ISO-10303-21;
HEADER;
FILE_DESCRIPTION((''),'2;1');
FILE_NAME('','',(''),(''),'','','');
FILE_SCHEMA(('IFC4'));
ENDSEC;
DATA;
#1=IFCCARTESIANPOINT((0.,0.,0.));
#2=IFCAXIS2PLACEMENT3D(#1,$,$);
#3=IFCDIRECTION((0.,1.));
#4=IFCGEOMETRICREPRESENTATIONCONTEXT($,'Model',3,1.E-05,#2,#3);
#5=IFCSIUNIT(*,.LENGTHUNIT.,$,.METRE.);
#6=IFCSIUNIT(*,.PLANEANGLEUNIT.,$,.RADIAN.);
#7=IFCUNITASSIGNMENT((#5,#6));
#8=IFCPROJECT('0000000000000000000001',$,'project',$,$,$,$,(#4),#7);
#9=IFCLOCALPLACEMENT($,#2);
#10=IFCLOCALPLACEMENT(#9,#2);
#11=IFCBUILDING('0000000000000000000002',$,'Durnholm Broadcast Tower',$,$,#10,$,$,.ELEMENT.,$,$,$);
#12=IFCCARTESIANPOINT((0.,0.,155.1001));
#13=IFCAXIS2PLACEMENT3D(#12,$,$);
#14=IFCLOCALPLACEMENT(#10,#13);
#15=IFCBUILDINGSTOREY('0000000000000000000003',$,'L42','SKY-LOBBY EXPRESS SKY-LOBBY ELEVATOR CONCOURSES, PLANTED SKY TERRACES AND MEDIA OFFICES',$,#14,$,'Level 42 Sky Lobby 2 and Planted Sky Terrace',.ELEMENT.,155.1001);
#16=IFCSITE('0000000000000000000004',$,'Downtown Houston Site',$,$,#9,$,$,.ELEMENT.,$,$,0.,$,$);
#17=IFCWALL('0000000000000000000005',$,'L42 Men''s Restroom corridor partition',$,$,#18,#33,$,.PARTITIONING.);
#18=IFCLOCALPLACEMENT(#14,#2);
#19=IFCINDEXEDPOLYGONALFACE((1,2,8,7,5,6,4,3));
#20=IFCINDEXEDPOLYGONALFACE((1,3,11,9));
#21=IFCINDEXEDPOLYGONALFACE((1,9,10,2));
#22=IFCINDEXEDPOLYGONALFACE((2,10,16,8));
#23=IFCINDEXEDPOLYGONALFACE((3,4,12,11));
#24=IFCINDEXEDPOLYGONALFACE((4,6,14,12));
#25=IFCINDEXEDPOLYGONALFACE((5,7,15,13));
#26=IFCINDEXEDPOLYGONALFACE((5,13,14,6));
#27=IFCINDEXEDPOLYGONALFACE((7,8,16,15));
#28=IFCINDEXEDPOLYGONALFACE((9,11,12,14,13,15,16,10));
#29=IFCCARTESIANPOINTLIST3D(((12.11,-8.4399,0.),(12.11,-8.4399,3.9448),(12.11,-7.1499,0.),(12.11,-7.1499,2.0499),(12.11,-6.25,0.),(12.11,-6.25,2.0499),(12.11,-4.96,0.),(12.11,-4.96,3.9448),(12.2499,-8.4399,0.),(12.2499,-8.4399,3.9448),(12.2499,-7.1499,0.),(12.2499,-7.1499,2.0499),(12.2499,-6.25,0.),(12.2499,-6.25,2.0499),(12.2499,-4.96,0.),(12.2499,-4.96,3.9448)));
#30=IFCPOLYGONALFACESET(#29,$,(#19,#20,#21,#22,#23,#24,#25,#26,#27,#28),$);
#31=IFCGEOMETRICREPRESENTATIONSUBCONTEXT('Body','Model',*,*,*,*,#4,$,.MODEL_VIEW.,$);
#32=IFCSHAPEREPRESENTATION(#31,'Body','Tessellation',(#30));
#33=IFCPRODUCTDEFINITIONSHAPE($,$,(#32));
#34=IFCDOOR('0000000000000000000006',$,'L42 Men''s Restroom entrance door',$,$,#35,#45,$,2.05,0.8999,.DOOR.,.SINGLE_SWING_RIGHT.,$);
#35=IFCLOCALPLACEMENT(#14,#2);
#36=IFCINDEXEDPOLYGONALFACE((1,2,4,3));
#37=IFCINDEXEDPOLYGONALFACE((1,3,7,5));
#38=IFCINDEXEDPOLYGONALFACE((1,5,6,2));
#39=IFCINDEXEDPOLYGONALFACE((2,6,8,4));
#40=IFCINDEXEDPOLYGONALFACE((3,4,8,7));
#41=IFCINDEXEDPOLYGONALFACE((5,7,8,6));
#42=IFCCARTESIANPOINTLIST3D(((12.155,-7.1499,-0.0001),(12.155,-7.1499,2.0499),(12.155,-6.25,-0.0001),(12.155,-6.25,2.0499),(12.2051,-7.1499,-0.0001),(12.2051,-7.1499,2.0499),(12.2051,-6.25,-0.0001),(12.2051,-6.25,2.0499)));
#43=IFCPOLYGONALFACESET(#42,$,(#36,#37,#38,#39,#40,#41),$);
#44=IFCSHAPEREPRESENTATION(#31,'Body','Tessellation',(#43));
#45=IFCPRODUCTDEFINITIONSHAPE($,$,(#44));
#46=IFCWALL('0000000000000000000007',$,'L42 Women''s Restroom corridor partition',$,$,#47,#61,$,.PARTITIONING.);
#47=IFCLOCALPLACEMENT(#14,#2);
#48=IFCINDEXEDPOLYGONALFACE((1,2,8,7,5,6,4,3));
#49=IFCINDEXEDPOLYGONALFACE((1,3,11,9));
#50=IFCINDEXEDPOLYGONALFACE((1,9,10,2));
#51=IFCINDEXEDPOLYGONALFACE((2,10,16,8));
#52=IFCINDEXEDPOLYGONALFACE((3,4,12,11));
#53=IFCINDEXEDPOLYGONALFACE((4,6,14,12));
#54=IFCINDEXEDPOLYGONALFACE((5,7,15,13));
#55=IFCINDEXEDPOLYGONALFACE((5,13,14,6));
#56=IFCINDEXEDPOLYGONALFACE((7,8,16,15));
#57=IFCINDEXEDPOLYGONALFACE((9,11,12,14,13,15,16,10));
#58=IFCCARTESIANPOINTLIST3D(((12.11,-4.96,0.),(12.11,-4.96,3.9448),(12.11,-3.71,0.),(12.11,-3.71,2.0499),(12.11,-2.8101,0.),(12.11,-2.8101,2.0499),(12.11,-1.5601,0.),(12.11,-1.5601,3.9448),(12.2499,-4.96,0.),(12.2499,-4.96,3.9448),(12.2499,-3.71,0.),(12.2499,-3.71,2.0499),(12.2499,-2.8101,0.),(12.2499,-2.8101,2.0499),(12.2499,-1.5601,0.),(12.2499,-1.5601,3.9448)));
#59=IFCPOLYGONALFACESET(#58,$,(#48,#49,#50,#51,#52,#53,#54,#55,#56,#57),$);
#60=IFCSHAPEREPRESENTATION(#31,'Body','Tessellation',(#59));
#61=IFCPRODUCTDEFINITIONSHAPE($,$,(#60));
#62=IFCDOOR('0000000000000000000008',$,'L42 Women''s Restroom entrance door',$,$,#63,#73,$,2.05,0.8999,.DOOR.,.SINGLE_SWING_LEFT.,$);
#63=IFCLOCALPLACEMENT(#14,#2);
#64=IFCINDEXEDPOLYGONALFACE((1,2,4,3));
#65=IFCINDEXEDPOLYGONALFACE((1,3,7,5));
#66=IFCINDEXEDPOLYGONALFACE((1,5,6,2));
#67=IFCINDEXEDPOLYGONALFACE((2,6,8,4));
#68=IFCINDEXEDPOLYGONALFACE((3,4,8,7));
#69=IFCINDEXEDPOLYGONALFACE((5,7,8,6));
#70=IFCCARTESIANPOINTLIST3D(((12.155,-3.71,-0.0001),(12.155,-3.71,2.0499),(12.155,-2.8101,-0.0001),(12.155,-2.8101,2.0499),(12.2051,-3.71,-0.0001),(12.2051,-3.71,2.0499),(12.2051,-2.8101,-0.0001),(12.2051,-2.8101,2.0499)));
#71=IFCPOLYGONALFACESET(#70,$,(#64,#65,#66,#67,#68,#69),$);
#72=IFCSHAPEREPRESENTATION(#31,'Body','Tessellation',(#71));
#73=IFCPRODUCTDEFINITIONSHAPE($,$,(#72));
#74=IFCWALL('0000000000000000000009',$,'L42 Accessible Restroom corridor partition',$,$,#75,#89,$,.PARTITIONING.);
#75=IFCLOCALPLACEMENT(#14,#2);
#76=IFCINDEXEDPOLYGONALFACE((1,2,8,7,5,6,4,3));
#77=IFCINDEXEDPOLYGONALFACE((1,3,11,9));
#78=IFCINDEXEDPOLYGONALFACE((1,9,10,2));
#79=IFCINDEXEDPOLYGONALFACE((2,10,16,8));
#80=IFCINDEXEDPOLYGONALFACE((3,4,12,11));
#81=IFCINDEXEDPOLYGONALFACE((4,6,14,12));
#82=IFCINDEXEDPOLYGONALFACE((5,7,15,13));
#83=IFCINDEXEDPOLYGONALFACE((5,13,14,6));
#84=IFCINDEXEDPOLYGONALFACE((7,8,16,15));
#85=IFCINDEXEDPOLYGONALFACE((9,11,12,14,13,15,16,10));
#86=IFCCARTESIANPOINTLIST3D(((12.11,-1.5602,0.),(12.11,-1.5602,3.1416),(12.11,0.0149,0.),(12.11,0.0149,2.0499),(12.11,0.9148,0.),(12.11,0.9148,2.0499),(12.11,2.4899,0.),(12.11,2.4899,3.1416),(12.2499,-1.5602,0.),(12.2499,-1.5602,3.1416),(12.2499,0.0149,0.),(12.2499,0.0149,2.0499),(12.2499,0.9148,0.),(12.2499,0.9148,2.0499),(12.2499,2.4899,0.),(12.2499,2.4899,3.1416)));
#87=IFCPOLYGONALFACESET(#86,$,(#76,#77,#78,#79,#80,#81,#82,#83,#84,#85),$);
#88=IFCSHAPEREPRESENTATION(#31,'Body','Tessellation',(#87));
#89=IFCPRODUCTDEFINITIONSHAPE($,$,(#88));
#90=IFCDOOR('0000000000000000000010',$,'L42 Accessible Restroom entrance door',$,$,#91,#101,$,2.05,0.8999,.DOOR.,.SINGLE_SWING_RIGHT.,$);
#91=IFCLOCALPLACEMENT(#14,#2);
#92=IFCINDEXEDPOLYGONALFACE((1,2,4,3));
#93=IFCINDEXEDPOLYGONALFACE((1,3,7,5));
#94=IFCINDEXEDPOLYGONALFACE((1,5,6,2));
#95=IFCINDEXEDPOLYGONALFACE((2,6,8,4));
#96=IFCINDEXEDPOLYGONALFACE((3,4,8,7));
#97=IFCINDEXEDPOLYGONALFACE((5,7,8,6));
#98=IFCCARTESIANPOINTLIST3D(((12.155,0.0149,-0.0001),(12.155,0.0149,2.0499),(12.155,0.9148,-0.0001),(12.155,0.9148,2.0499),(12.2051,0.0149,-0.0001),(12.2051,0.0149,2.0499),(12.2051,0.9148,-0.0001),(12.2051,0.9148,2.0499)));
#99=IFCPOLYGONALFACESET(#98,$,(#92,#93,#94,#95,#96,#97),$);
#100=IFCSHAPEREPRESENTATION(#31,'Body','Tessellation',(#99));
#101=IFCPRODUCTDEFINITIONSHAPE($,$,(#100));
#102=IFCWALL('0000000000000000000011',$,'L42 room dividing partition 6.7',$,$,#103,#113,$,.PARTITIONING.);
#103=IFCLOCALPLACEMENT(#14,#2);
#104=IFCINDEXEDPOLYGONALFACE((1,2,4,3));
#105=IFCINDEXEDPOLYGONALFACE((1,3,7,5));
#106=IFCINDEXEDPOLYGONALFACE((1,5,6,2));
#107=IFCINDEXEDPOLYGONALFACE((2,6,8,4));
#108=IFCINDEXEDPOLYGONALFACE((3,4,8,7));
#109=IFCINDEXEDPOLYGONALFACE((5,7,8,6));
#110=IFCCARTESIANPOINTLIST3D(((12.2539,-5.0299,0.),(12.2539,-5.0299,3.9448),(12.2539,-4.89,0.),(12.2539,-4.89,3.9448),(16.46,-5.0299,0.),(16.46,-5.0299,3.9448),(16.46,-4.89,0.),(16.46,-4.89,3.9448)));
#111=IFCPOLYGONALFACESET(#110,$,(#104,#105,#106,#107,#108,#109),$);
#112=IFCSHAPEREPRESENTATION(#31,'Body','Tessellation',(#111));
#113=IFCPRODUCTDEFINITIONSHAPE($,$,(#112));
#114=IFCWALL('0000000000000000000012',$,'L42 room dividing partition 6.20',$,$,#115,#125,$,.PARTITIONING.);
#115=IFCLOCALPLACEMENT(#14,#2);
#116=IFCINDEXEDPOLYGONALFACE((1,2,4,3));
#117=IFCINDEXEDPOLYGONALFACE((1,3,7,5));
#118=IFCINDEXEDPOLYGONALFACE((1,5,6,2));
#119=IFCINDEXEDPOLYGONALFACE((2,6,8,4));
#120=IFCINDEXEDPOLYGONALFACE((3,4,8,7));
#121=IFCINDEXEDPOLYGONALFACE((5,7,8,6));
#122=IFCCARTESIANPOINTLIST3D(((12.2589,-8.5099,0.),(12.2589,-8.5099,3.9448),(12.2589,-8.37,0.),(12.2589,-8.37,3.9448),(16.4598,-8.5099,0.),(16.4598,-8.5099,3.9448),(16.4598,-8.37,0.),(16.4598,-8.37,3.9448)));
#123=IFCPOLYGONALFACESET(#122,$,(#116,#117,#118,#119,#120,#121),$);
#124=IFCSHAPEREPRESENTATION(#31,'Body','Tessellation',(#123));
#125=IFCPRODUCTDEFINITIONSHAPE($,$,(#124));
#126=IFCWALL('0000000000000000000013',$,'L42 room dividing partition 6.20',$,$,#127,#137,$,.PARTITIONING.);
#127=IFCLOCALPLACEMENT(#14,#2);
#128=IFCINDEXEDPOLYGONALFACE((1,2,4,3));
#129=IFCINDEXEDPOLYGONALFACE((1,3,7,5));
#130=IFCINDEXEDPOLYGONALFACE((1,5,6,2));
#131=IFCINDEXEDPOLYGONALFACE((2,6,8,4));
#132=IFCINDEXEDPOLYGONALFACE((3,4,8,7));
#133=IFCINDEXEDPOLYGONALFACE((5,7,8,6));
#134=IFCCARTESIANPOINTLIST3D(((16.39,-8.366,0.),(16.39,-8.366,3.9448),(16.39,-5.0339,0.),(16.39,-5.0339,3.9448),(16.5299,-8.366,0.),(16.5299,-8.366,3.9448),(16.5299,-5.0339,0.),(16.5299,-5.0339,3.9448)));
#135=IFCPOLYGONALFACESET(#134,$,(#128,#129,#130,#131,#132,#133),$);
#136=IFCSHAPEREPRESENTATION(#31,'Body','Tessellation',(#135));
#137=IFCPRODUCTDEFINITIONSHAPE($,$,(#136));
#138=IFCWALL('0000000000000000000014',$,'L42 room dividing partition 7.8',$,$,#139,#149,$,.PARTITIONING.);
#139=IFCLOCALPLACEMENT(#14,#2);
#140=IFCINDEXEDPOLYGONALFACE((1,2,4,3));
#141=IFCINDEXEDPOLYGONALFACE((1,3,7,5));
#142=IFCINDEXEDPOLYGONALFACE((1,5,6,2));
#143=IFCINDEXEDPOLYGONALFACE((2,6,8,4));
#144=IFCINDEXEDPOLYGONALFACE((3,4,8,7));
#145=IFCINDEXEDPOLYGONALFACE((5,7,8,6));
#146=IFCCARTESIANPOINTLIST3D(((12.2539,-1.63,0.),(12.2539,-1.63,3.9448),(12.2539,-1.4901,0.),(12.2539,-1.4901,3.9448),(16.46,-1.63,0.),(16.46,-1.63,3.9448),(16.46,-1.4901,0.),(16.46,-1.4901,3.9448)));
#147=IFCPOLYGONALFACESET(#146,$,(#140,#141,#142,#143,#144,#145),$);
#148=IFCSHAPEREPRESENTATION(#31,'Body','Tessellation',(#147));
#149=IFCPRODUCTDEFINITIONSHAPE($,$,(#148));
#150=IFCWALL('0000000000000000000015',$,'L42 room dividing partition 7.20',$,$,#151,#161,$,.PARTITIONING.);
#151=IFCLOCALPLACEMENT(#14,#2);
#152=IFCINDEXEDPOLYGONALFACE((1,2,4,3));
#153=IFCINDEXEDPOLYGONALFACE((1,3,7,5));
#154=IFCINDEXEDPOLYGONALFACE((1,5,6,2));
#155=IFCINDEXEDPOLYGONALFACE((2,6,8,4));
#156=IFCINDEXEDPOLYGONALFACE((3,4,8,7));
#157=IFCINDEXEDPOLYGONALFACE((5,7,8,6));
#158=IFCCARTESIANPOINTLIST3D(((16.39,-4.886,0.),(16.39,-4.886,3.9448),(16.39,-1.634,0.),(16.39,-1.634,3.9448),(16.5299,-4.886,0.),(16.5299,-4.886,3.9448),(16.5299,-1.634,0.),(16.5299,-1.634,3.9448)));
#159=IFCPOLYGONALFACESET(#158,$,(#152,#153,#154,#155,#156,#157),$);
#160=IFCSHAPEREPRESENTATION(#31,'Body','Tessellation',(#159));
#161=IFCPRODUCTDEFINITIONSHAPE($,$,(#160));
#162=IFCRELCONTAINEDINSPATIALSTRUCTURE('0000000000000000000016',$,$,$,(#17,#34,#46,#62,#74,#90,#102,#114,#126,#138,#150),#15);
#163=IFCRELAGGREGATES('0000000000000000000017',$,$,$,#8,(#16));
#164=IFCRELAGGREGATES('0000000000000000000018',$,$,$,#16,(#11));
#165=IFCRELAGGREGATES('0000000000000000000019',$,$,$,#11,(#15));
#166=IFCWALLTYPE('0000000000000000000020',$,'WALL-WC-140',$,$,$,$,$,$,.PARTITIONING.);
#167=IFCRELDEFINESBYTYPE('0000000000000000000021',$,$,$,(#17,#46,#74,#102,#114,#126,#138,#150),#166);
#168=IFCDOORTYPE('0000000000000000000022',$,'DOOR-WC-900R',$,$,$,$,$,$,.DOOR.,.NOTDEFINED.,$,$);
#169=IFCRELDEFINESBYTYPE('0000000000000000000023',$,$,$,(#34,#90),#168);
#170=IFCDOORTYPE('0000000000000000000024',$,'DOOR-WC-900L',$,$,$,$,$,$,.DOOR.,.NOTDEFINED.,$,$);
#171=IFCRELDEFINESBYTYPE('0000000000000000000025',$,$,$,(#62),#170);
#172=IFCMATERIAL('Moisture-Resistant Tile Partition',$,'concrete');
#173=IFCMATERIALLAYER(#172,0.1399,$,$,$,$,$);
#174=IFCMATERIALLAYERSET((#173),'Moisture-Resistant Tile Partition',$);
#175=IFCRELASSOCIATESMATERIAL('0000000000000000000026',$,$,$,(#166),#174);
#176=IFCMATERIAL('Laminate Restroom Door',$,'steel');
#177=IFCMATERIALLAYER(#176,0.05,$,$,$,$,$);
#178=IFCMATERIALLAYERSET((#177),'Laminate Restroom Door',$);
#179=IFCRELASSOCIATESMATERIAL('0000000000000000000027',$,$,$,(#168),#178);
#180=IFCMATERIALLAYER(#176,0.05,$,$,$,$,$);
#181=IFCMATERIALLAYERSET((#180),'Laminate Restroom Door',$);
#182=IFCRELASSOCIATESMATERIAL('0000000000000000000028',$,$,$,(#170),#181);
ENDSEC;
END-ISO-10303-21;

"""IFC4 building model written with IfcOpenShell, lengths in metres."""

from ifc_helpers import new_model, si_unit, direction, frame, frame_2d, origin, place, context, subcontext, project, spatial, rectangle, extrude, source, transform, mapped, material, layer, layer_set, type_object, type_shapes, element, fill, save


model = new_model("IFC4")

# Units and contexts
model_context = context("Model", 3, precision=1e-05, world=origin(), true_north=direction((0.0, 1.0)))
body_context = subcontext(model_context, "Body", "Model", "MODEL_VIEW")
ifc_project = project(units=[si_unit("LENGTHUNIT", "METRE"), si_unit("PLANEANGLEUNIT", "RADIAN")], contexts=[model_context])

# Site, building, storey
site_placement = place(None, origin())
site = spatial("IfcSite", under=ifc_project, at=site_placement, Name="Downtown Houston Site", CompositionType="ELEMENT", RefElevation=0.0)
building_placement = place(site_placement, origin())
building = spatial("IfcBuilding", under=site, at=building_placement, Name="Durnholm Broadcast Tower", CompositionType="ELEMENT")
storey_placement = place(building_placement, frame((0.0, 0.0, 155.1001)))
storey = spatial("IfcBuildingStorey", under=building, at=storey_placement, Name="L42", Description="SKY-LOBBY EXPRESS SKY-LOBBY ELEVATOR CONCOURSES, PLANTED SKY TERRACES AND MEDIA OFFICES", LongName="Level 42 Sky Lobby 2 and Planted Sky Terrace", CompositionType="ELEMENT", Elevation=155.1001)

# Walls, openings, doors
ifc_material_1 = material(Name="Moisture-Resistant Tile Partition", Category="concrete")
ifc_layer_1 = layer(ifc_material_1, 0.1399)
ifc_layer_set_1 = layer_set([ifc_layer_1], Name="Moisture-Resistant Tile Partition")
wall_type_1 = type_object("IfcWallType", Name="WALL-WC-140", PredefinedType="PARTITIONING", material=ifc_layer_set_1)
wall_1_placement = place(storey_placement, frame((12.1799, -8.4399, 0.0), z_axis=(0.0, 0.0, 1.0), x_axis=(0.0, 1.0, 0.0)))
wall_1 = element("IfcWall", 1, at=wall_1_placement, inside=storey, type_object=wall_type_1, Name="L42 Men's Restroom corridor partition", PredefinedType="PARTITIONING", context=body_context, shape_type="SweptSolid", body=[
    extrude(rectangle(XDim=3.48, YDim=0.1399, at=frame_2d((1.74, 0.0))), origin(), (0.0, 0.0, 1.0), 3.9448),
])
opening_1_placement = place(wall_1_placement, frame((1.29, 0.0, 0.0)))
opening_1 = element("IfcOpeningElement", 2, at=opening_1_placement, cuts=wall_1, PredefinedType="OPENING", context=body_context, shape_type="SweptSolid", body=[
    extrude(rectangle(XDim=0.8999, YDim=2.05, at=frame_2d((0.45, 1.0249))), frame((0.0, 0.0801, 0.0), z_axis=(0.0, -1.0, 0.0), x_axis=(1.0, 0.0, 0.0)), (0.0, 0.0, 1.0), 0.1599),
])
ifc_material_2 = material(Name="Laminate Restroom Door", Category="steel")
ifc_layer_2 = layer(ifc_material_2, 0.05)
ifc_layer_set_2 = layer_set([ifc_layer_2], Name="Laminate Restroom Door")
door_type_1 = type_object("IfcDoorType", Name="DOOR-WC-900R", OperationType="NOTDEFINED", PredefinedType="DOOR", material=ifc_layer_set_2)
shared_shape_1 = source(origin(), body_context, "Body", "SweptSolid", [
    extrude(rectangle(XDim=0.8999, YDim=2.05, at=frame_2d((0.45, 1.0249))), frame((0.0, 0.0249, 0.0), z_axis=(0.0, -1.0, 0.0), x_axis=(1.0, 0.0, 0.0)), (0.0, 0.0, 1.0), 0.05),
])
type_shapes(door_type_1, [shared_shape_1])
door_1_placement = place(opening_1_placement, origin())
door_1 = element("IfcDoor", 3, at=door_1_placement, inside=storey, type_object=door_type_1, Name="L42 Men's Restroom entrance door", OperationType="SINGLE_SWING_RIGHT", OverallHeight=2.05, OverallWidth=0.8999, PredefinedType="DOOR", context=body_context, shape_type="MappedRepresentation", body=[
    mapped(shared_shape_1, transform((0.0, 0.0, 0.0), x_axis=(1.0, 0.0, 0.0), y_axis=(0.0, 1.0, 0.0), z_axis=(0.0, 0.0, 1.0), scale=1.0)),
])
fill(opening_1, door_1)
wall_2_placement = place(storey_placement, frame((12.1799, -4.96, 0.0), z_axis=(0.0, 0.0, 1.0), x_axis=(0.0, 1.0, 0.0)))
wall_2 = element("IfcWall", 4, at=wall_2_placement, inside=storey, type_object=wall_type_1, Name="L42 Women's Restroom corridor partition", PredefinedType="PARTITIONING", context=body_context, shape_type="SweptSolid", body=[
    extrude(rectangle(XDim=3.3999, YDim=0.1399, at=frame_2d((1.7, 0.0))), origin(), (0.0, 0.0, 1.0), 3.9448),
])
opening_2_placement = place(wall_2_placement, frame((1.25, 0.0, 0.0)))
opening_2 = element("IfcOpeningElement", 5, at=opening_2_placement, cuts=wall_2, PredefinedType="OPENING", context=body_context, shape_type="SweptSolid", body=[
    extrude(rectangle(XDim=0.8999, YDim=2.05, at=frame_2d((0.45, 1.0249))), frame((0.0, 0.0801, 0.0), z_axis=(0.0, -1.0, 0.0), x_axis=(1.0, 0.0, 0.0)), (0.0, 0.0, 1.0), 0.1599),
])
ifc_layer_3 = layer(ifc_material_2, 0.05)
ifc_layer_set_3 = layer_set([ifc_layer_3], Name="Laminate Restroom Door")
door_type_2 = type_object("IfcDoorType", Name="DOOR-WC-900L", OperationType="NOTDEFINED", PredefinedType="DOOR", material=ifc_layer_set_3)
shared_shape_2 = source(origin(), body_context, "Body", "SweptSolid", [
    extrude(rectangle(XDim=0.8999, YDim=2.05, at=frame_2d((0.45, 1.0249))), frame((0.0, 0.0249, 0.0), z_axis=(0.0, -1.0, 0.0), x_axis=(1.0, 0.0, 0.0)), (0.0, 0.0, 1.0), 0.05),
])
type_shapes(door_type_2, [shared_shape_2])
door_2_placement = place(opening_2_placement, origin())
door_2 = element("IfcDoor", 6, at=door_2_placement, inside=storey, type_object=door_type_2, Name="L42 Women's Restroom entrance door", OperationType="SINGLE_SWING_LEFT", OverallHeight=2.05, OverallWidth=0.8999, PredefinedType="DOOR", context=body_context, shape_type="MappedRepresentation", body=[
    mapped(shared_shape_2, transform((0.0, 0.0, 0.0), x_axis=(1.0, 0.0, 0.0), y_axis=(0.0, 1.0, 0.0), z_axis=(0.0, 0.0, 1.0), scale=1.0)),
])
fill(opening_2, door_2)
wall_3_placement = place(storey_placement, frame((12.1799, -1.5601, 0.0), z_axis=(0.0, 0.0, 1.0), x_axis=(0.0, 1.0, 0.0)))
wall_3 = element("IfcWall", 7, at=wall_3_placement, inside=storey, type_object=wall_type_1, Name="L42 Accessible Restroom corridor partition", PredefinedType="PARTITIONING", context=body_context, shape_type="SweptSolid", body=[
    extrude(rectangle(XDim=4.05, YDim=0.1399, at=frame_2d((2.0249, 0.0))), origin(), (0.0, 0.0, 1.0), 3.1416),
])
opening_3_placement = place(wall_3_placement, frame((1.575, 0.0, 0.0)))
opening_3 = element("IfcOpeningElement", 8, at=opening_3_placement, cuts=wall_3, PredefinedType="OPENING", context=body_context, shape_type="SweptSolid", body=[
    extrude(rectangle(XDim=0.8999, YDim=2.05, at=frame_2d((0.45, 1.0249))), frame((0.0, 0.0801, 0.0), z_axis=(0.0, -1.0, 0.0), x_axis=(1.0, 0.0, 0.0)), (0.0, 0.0, 1.0), 0.1599),
])
door_3_placement = place(opening_3_placement, origin())
door_3 = element("IfcDoor", 9, at=door_3_placement, inside=storey, type_object=door_type_1, Name="L42 Accessible Restroom entrance door", OperationType="SINGLE_SWING_RIGHT", OverallHeight=2.05, OverallWidth=0.8999, PredefinedType="DOOR", context=body_context, shape_type="MappedRepresentation", body=[
    mapped(shared_shape_1, transform((0.0, 0.0, 0.0), x_axis=(1.0, 0.0, 0.0), y_axis=(0.0, 1.0, 0.0), z_axis=(0.0, 0.0, 1.0), scale=1.0)),
])
fill(opening_3, door_3)

# Walls
wall_4_placement = place(storey_placement, frame((12.2539, -4.96, 0.0), z_axis=(0.0, 0.0, 1.0), x_axis=(1.0, 0.0, 0.0)))
element("IfcWall", 10, at=wall_4_placement, inside=storey, type_object=wall_type_1, Name="L42 room dividing partition 6.7", PredefinedType="PARTITIONING", context=body_context, shape_type="SweptSolid", body=[
    extrude(rectangle(XDim=4.2061, YDim=0.1399, at=frame_2d((2.103, 0.0))), origin(), (0.0, 0.0, 1.0), 3.9448),
])
wall_5_placement = place(storey_placement, frame((16.46, -8.4399, 0.0), z_axis=(0.0, 0.0, 1.0), x_axis=(-1.0, 0.0, 0.0)))
element("IfcWall", 11, at=wall_5_placement, inside=storey, type_object=wall_type_1, Name="L42 room dividing partition 6.20", PredefinedType="PARTITIONING", context=body_context, shape_type="SweptSolid", body=[
    extrude(rectangle(XDim=4.2009, YDim=0.1399, at=frame_2d((2.1006, 0.0))), origin(), (0.0, 0.0, 1.0), 3.9448),
])
wall_6_placement = place(storey_placement, frame((16.46, -5.0339, 0.0), z_axis=(0.0, 0.0, 1.0), x_axis=(0.0, -1.0, 0.0)))
element("IfcWall", 12, at=wall_6_placement, inside=storey, type_object=wall_type_1, Name="L42 room dividing partition 6.20", PredefinedType="PARTITIONING", context=body_context, shape_type="SweptSolid", body=[
    extrude(rectangle(XDim=3.332, YDim=0.1399, at=frame_2d((1.666, 0.0))), origin(), (0.0, 0.0, 1.0), 3.9448),
])
wall_7_placement = place(storey_placement, frame((12.2539, -1.5601, 0.0), z_axis=(0.0, 0.0, 1.0), x_axis=(1.0, 0.0, 0.0)))
element("IfcWall", 13, at=wall_7_placement, inside=storey, type_object=wall_type_1, Name="L42 room dividing partition 7.8", PredefinedType="PARTITIONING", context=body_context, shape_type="SweptSolid", body=[
    extrude(rectangle(XDim=4.2061, YDim=0.1399, at=frame_2d((2.103, 0.0))), origin(), (0.0, 0.0, 1.0), 3.9448),
])
wall_8_placement = place(storey_placement, frame((16.46, -1.634, 0.0), z_axis=(0.0, 0.0, 1.0), x_axis=(0.0, -1.0, 0.0)))
element("IfcWall", 14, at=wall_8_placement, inside=storey, type_object=wall_type_1, Name="L42 room dividing partition 7.20", PredefinedType="PARTITIONING", context=body_context, shape_type="SweptSolid", body=[
    extrude(rectangle(XDim=3.252, YDim=0.1399, at=frame_2d((1.626, 0.0))), origin(), (0.0, 0.0, 1.0), 3.9448),
])

save(model, "model.ifc")
